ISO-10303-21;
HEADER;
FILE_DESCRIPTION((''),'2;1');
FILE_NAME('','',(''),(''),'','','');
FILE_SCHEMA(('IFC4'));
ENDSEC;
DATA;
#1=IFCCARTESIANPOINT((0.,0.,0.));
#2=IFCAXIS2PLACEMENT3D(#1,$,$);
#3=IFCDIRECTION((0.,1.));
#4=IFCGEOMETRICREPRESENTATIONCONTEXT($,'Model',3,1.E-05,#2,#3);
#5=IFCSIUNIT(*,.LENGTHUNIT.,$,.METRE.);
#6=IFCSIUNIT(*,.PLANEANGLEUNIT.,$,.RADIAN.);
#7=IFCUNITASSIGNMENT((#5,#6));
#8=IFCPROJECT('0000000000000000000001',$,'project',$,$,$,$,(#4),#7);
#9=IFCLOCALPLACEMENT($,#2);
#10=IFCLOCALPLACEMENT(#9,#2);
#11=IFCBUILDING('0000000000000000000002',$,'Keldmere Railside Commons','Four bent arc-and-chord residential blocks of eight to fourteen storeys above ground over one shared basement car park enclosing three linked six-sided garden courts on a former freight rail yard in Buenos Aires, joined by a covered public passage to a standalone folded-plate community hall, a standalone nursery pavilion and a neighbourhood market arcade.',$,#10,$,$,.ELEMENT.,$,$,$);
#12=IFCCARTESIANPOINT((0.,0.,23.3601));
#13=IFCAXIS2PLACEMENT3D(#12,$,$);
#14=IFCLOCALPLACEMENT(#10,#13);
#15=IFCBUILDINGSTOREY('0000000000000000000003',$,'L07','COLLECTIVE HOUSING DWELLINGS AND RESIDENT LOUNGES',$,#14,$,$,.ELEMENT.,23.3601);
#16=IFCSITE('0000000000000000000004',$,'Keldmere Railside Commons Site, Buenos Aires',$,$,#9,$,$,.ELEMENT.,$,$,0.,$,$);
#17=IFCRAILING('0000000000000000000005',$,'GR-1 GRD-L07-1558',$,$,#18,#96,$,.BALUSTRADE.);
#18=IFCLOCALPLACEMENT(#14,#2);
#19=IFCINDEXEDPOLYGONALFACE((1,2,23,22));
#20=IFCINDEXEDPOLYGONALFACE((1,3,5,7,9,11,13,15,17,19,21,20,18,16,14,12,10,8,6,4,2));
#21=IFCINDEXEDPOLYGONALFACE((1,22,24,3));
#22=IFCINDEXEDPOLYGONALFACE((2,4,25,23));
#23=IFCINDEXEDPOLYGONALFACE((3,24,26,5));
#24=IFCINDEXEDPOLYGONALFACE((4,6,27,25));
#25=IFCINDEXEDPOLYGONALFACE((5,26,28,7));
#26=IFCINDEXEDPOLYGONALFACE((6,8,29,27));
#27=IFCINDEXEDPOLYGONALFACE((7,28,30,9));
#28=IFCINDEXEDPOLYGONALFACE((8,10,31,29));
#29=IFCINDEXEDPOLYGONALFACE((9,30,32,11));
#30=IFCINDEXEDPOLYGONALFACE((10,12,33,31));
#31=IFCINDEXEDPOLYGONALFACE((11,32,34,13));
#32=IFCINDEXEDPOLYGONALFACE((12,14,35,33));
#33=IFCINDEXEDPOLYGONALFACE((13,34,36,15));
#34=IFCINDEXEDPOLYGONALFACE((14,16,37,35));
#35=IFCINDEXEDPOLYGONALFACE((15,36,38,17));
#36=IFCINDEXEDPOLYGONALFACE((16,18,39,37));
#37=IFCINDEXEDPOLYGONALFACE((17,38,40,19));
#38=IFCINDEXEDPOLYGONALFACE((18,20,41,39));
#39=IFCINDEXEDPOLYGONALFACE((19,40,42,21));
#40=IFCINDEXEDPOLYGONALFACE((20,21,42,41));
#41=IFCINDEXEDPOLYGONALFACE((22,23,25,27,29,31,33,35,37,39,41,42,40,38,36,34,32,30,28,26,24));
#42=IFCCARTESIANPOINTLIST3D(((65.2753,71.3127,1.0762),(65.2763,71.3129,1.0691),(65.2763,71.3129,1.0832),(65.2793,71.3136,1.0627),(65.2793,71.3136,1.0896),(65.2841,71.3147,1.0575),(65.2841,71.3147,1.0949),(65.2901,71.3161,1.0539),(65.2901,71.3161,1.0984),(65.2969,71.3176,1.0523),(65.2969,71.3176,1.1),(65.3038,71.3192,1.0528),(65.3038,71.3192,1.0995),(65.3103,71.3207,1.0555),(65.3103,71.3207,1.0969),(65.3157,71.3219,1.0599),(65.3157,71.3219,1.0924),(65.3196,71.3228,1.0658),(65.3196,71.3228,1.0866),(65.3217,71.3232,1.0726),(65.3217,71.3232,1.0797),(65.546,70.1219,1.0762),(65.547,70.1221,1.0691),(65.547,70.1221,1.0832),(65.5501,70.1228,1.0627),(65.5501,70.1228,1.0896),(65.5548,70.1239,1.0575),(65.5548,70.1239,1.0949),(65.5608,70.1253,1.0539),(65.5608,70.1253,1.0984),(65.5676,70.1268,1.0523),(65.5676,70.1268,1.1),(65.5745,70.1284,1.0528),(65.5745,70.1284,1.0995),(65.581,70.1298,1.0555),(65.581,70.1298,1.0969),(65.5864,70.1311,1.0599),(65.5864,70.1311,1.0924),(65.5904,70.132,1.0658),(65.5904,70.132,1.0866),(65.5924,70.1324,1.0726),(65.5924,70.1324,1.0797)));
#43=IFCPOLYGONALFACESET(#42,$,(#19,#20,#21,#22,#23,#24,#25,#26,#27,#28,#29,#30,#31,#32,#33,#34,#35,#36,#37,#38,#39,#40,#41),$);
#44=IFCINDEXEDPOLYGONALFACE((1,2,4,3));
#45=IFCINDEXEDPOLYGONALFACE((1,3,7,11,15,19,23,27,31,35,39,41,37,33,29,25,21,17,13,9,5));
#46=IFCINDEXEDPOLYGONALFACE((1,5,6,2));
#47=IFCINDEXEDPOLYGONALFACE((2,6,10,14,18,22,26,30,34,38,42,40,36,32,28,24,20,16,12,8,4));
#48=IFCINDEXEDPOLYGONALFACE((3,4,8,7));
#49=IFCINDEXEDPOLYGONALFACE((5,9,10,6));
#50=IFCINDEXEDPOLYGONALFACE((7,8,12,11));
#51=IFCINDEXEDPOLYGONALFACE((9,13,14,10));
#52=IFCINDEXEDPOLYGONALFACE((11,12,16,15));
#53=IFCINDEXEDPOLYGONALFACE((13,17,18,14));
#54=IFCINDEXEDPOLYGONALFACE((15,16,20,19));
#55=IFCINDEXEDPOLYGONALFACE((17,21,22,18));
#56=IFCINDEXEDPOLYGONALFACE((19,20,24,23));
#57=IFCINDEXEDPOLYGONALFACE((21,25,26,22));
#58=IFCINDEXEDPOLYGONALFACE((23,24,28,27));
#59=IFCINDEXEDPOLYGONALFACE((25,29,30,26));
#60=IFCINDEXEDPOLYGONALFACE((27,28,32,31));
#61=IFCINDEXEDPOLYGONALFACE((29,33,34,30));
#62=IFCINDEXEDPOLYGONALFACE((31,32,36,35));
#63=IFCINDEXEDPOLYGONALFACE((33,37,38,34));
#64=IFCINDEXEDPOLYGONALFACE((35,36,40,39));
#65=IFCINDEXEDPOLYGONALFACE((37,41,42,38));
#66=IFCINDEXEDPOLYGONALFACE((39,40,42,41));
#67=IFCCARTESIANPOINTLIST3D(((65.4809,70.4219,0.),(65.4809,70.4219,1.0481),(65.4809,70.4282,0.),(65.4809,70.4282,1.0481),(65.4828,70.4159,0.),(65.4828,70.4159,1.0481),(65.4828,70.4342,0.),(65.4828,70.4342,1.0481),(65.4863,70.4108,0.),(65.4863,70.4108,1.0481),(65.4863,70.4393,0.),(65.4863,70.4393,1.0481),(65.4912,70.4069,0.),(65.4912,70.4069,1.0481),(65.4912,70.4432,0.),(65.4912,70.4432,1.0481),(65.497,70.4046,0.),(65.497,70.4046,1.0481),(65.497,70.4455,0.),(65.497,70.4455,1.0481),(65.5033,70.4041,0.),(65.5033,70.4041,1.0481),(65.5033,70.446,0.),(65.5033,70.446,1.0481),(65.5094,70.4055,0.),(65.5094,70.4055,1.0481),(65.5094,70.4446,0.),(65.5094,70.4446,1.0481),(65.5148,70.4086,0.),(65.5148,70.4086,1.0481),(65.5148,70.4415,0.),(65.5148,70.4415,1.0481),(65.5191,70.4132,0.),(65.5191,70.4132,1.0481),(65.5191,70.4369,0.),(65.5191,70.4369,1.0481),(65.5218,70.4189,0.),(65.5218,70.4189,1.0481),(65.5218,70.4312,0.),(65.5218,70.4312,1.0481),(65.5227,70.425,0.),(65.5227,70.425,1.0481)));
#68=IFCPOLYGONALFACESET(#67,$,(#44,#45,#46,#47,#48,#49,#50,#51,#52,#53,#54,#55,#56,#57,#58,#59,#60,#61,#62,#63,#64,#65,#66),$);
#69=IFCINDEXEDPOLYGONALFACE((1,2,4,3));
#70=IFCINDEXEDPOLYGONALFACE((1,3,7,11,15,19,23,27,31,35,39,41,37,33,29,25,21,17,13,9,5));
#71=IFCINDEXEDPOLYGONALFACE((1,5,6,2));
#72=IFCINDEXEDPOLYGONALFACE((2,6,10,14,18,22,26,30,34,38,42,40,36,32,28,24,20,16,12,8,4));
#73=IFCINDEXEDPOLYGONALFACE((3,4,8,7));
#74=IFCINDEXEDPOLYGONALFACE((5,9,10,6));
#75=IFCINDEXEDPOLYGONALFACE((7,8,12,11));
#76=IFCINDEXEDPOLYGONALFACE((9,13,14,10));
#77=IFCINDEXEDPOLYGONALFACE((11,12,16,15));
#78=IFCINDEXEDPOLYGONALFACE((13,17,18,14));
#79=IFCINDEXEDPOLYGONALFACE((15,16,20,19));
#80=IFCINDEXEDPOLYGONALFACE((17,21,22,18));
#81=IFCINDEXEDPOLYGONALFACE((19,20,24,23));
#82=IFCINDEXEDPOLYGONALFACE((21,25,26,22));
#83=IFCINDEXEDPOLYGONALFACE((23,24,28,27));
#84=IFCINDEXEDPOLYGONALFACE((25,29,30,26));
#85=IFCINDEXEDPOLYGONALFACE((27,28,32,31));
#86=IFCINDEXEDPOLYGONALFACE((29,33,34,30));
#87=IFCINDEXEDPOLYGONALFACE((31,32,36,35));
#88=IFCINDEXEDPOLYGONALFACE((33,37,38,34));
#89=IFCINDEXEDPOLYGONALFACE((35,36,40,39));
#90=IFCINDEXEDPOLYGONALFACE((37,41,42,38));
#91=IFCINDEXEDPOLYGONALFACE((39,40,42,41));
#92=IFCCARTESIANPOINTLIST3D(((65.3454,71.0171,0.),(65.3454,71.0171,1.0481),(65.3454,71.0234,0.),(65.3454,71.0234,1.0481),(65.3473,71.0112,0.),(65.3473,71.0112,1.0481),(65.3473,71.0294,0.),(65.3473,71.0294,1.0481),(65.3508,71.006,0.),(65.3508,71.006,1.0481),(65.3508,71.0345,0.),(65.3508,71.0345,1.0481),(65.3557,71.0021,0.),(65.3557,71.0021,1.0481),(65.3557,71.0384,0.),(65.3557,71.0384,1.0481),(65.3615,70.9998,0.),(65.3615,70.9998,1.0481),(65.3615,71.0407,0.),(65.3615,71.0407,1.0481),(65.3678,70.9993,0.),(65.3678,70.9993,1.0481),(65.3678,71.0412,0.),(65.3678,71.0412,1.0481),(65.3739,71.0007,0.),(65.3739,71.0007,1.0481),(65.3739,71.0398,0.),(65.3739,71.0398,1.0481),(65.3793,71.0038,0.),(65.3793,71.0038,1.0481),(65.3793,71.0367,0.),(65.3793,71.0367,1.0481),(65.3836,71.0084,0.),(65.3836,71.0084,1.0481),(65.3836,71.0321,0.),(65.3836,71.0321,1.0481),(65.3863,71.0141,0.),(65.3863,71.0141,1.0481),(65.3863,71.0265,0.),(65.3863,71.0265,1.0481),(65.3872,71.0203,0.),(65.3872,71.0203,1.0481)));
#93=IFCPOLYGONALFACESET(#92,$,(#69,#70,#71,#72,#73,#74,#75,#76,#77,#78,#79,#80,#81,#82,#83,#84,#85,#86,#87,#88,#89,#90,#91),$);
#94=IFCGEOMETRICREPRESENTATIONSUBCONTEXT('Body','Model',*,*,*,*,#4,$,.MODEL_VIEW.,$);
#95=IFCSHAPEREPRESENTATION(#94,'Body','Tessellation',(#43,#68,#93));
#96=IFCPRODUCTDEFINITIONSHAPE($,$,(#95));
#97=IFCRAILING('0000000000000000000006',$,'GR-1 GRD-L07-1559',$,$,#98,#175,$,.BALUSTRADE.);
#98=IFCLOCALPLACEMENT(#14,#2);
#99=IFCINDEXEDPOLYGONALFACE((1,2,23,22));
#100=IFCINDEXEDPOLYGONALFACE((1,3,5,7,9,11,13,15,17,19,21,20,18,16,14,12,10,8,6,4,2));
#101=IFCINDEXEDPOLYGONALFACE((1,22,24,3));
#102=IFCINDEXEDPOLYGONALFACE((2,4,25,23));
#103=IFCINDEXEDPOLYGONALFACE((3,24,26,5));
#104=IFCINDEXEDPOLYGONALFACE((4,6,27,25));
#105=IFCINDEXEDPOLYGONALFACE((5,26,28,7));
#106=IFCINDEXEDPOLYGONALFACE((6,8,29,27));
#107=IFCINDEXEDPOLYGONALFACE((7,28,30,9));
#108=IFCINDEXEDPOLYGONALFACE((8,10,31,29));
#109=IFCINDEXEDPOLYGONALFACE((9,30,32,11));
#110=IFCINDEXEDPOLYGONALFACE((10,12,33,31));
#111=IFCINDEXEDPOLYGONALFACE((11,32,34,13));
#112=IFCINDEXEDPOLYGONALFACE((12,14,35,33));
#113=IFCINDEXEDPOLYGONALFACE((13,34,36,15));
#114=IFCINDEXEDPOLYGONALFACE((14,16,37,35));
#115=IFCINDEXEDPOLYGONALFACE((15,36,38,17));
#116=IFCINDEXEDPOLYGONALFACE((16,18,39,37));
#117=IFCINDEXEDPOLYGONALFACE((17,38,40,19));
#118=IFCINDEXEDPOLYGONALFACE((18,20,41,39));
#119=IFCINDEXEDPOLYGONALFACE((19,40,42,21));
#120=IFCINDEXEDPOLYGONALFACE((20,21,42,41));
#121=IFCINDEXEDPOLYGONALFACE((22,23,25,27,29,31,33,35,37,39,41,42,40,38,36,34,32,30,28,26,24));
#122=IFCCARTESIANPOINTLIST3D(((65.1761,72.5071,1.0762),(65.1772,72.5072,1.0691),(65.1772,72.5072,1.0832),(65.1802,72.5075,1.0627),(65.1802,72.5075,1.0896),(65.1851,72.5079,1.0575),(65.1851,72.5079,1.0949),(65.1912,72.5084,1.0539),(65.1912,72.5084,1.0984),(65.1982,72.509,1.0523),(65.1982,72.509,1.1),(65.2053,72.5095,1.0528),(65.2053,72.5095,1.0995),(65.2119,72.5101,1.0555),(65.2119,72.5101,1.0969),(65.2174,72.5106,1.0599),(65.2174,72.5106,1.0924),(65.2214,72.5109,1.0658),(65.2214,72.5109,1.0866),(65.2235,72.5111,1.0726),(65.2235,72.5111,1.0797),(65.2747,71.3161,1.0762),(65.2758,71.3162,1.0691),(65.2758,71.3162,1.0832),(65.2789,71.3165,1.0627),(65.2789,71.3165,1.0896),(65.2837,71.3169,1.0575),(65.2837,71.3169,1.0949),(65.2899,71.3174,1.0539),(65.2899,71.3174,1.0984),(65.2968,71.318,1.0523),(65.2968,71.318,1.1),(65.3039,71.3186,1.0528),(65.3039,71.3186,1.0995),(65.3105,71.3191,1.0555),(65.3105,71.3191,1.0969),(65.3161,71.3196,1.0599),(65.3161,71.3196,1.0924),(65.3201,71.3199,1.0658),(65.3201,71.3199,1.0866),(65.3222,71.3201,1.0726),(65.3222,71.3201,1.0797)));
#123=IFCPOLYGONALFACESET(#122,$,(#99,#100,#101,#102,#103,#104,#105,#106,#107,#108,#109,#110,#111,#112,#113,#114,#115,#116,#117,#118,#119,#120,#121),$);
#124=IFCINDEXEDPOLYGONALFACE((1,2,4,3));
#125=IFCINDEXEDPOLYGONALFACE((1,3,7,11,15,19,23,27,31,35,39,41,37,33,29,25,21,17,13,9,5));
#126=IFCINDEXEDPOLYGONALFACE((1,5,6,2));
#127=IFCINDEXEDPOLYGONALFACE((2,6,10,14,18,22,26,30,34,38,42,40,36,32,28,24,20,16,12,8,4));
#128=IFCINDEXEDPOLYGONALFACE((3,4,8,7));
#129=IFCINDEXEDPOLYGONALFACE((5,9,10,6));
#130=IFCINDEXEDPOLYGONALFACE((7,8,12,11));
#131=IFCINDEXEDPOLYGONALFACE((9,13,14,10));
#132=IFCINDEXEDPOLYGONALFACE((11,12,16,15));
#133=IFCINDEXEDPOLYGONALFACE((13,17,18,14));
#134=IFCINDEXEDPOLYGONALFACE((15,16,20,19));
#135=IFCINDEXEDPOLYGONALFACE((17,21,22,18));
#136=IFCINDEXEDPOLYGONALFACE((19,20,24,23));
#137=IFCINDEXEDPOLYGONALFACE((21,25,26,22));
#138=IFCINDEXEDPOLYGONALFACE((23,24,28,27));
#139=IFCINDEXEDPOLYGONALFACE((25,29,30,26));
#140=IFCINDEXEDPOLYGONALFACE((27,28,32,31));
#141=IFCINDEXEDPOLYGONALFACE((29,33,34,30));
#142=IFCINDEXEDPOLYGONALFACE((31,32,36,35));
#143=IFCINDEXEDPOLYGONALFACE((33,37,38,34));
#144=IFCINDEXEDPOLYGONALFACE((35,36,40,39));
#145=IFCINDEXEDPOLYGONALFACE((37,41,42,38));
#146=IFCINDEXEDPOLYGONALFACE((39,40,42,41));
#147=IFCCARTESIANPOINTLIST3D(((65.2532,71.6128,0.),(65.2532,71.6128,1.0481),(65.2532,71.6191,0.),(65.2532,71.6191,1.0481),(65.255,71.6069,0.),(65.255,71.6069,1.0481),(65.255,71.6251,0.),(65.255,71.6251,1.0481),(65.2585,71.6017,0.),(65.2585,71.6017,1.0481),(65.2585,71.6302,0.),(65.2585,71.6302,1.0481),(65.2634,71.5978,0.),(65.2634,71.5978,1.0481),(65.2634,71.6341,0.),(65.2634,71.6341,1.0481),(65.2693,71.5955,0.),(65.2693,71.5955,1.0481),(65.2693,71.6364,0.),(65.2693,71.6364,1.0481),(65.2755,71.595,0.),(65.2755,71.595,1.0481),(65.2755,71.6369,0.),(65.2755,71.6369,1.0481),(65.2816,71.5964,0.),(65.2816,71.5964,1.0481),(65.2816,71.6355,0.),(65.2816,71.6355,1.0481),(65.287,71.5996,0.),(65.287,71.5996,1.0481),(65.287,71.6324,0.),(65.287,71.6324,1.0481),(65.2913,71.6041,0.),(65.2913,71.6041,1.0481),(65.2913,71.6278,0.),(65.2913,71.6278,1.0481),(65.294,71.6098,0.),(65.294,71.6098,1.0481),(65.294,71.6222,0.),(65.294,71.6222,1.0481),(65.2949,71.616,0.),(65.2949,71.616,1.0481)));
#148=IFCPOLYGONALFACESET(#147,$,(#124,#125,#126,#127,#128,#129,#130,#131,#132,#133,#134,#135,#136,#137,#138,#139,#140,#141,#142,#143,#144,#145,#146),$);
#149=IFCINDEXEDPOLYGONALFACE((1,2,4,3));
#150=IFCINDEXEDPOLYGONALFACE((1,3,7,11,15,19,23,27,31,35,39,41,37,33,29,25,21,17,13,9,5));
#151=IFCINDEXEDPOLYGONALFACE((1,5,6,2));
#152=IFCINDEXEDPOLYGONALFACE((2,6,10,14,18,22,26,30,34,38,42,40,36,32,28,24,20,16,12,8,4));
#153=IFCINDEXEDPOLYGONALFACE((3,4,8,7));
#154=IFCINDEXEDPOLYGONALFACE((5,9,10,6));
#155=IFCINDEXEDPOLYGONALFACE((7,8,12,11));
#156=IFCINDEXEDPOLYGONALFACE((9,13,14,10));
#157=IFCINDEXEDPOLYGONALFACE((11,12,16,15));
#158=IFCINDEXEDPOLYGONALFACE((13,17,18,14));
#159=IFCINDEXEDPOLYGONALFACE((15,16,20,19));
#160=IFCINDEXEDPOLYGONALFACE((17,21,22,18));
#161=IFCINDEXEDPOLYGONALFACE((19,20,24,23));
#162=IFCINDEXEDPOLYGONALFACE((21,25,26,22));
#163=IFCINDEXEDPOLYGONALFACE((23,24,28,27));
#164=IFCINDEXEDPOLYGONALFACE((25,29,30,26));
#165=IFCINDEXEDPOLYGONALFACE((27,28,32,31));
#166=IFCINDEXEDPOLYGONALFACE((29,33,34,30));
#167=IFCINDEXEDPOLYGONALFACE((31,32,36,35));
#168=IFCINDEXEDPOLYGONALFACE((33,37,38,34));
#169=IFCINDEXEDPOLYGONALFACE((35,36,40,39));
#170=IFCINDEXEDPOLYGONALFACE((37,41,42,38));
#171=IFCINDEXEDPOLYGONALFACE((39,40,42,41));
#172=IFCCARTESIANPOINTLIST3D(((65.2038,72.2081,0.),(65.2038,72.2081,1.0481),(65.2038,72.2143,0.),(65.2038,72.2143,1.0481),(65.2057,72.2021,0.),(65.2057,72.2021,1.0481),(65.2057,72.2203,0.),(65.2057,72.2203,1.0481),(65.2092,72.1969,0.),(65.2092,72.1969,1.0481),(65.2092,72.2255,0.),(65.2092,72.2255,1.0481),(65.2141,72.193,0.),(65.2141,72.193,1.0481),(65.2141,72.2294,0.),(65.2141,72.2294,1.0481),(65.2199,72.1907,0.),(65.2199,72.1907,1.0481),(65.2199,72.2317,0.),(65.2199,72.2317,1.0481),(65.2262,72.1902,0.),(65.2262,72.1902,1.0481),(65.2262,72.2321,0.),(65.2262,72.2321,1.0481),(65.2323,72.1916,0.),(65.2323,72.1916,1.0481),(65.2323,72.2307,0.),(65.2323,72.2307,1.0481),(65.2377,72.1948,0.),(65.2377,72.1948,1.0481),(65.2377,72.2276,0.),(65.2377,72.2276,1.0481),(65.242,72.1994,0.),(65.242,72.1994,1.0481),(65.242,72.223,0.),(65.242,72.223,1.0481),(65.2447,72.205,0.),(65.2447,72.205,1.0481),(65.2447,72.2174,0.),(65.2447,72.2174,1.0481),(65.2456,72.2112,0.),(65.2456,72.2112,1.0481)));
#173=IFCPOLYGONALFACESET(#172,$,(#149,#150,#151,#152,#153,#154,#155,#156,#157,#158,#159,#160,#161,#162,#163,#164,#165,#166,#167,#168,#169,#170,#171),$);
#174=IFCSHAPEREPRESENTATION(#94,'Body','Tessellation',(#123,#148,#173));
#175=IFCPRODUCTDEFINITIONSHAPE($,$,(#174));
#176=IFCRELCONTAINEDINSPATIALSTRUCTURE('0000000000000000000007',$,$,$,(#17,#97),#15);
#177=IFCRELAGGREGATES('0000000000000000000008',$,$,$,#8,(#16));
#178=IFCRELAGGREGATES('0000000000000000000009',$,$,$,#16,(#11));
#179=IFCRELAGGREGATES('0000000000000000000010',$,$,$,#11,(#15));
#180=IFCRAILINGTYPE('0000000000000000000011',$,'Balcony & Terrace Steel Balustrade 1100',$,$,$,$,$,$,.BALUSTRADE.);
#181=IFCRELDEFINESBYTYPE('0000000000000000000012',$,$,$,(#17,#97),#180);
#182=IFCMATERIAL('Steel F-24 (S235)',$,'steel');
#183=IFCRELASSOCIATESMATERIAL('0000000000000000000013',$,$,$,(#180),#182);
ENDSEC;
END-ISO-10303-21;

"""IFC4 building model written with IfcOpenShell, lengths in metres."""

from ifc_helpers import new_model, si_unit, direction, frame, origin, origin_2d, place, context, subcontext, project, spatial, circle, extrude, material, type_object, element, save


model = new_model("IFC4")

# Units and contexts
model_context = context("Model", 3, precision=1e-05, world=origin(), true_north=direction((0.0, 1.0)))
body_context = subcontext(model_context, "Body", "Model", "MODEL_VIEW")
ifc_project = project(units=[si_unit("LENGTHUNIT", "METRE"), si_unit("PLANEANGLEUNIT", "RADIAN")], contexts=[model_context])

# Site, building, storey
site_placement = place(None, origin())
site = spatial("IfcSite", under=ifc_project, at=site_placement, Name="Keldmere Railside Commons Site, Buenos Aires", CompositionType="ELEMENT", RefElevation=0.0)
building_placement = place(site_placement, origin())
building = spatial("IfcBuilding", under=site, at=building_placement, Name="Keldmere Railside Commons", Description="Four bent arc-and-chord residential blocks of eight to fourteen storeys above ground over one shared basement car park enclosing three linked six-sided garden courts on a former freight rail yard in Buenos Aires, joined by a covered public passage to a standalone folded-plate community hall, a standalone nursery pavilion and a neighbourhood market arcade.", CompositionType="ELEMENT")
storey_placement = place(building_placement, frame((0.0, 0.0, 23.3601)))
storey = spatial("IfcBuildingStorey", under=building, at=storey_placement, Name="L07", Description="COLLECTIVE HOUSING DWELLINGS AND RESIDENT LOUNGES", CompositionType="ELEMENT", Elevation=23.3601)

# Railings
ifc_material_1 = material(Name="Steel F-24 (S235)", Category="steel")
railing_type_1 = type_object("IfcRailingType", Name="Balcony & Terrace Steel Balustrade 1100", PredefinedType="BALUSTRADE", material=ifc_material_1)
railing_1_placement = place(storey_placement, frame((65.5693, 70.1272, 0.0)))
element("IfcRailing", 1, at=railing_1_placement, inside=storey, type_object=railing_type_1, Name="GR-1 GRD-L07-1558", PredefinedType="BALUSTRADE", context=body_context, shape_type="SweptSolid", body=[
    extrude(circle(Radius=0.0239, at=origin_2d()), frame((0.0, 0.0, 1.0762), z_axis=(-0.22169, 0.975117, 0.0), x_axis=(-0.975117, -0.22169, 0.0)), (0.0, 0.0, 1.0), 1.2212),
    extrude(circle(Radius=0.021, at=origin_2d()), frame((-0.0676, 0.2979, 0.0)), (0.0, 0.0, 1.0), 1.0481),
    extrude(circle(Radius=0.021, at=origin_2d()), frame((-0.2031, 0.8931, 0.0)), (0.0, 0.0, 1.0), 1.0481),
])
railing_2_placement = place(storey_placement, frame((65.2986, 71.3181, 0.0)))
element("IfcRailing", 2, at=railing_2_placement, inside=storey, type_object=railing_type_1, Name="GR-1 GRD-L07-1559", PredefinedType="BALUSTRADE", context=body_context, shape_type="SweptSolid", body=[
    extrude(circle(Radius=0.0239, at=origin_2d()), frame((0.0, 0.0, 1.0762), z_axis=(-0.082538, 0.996588, 0.0), x_axis=(-0.996588, -0.082538, 0.0)), (0.0, 0.0, 1.0), 1.1951),
    extrude(circle(Radius=0.021, at=origin_2d()), frame((-0.0247, 0.2979, 0.0)), (0.0, 0.0, 1.0), 1.0481),
    extrude(circle(Radius=0.021, at=origin_2d()), frame((-0.074, 0.8931, 0.0)), (0.0, 0.0, 1.0), 1.0481),
])

save(model, "model.ifc")
